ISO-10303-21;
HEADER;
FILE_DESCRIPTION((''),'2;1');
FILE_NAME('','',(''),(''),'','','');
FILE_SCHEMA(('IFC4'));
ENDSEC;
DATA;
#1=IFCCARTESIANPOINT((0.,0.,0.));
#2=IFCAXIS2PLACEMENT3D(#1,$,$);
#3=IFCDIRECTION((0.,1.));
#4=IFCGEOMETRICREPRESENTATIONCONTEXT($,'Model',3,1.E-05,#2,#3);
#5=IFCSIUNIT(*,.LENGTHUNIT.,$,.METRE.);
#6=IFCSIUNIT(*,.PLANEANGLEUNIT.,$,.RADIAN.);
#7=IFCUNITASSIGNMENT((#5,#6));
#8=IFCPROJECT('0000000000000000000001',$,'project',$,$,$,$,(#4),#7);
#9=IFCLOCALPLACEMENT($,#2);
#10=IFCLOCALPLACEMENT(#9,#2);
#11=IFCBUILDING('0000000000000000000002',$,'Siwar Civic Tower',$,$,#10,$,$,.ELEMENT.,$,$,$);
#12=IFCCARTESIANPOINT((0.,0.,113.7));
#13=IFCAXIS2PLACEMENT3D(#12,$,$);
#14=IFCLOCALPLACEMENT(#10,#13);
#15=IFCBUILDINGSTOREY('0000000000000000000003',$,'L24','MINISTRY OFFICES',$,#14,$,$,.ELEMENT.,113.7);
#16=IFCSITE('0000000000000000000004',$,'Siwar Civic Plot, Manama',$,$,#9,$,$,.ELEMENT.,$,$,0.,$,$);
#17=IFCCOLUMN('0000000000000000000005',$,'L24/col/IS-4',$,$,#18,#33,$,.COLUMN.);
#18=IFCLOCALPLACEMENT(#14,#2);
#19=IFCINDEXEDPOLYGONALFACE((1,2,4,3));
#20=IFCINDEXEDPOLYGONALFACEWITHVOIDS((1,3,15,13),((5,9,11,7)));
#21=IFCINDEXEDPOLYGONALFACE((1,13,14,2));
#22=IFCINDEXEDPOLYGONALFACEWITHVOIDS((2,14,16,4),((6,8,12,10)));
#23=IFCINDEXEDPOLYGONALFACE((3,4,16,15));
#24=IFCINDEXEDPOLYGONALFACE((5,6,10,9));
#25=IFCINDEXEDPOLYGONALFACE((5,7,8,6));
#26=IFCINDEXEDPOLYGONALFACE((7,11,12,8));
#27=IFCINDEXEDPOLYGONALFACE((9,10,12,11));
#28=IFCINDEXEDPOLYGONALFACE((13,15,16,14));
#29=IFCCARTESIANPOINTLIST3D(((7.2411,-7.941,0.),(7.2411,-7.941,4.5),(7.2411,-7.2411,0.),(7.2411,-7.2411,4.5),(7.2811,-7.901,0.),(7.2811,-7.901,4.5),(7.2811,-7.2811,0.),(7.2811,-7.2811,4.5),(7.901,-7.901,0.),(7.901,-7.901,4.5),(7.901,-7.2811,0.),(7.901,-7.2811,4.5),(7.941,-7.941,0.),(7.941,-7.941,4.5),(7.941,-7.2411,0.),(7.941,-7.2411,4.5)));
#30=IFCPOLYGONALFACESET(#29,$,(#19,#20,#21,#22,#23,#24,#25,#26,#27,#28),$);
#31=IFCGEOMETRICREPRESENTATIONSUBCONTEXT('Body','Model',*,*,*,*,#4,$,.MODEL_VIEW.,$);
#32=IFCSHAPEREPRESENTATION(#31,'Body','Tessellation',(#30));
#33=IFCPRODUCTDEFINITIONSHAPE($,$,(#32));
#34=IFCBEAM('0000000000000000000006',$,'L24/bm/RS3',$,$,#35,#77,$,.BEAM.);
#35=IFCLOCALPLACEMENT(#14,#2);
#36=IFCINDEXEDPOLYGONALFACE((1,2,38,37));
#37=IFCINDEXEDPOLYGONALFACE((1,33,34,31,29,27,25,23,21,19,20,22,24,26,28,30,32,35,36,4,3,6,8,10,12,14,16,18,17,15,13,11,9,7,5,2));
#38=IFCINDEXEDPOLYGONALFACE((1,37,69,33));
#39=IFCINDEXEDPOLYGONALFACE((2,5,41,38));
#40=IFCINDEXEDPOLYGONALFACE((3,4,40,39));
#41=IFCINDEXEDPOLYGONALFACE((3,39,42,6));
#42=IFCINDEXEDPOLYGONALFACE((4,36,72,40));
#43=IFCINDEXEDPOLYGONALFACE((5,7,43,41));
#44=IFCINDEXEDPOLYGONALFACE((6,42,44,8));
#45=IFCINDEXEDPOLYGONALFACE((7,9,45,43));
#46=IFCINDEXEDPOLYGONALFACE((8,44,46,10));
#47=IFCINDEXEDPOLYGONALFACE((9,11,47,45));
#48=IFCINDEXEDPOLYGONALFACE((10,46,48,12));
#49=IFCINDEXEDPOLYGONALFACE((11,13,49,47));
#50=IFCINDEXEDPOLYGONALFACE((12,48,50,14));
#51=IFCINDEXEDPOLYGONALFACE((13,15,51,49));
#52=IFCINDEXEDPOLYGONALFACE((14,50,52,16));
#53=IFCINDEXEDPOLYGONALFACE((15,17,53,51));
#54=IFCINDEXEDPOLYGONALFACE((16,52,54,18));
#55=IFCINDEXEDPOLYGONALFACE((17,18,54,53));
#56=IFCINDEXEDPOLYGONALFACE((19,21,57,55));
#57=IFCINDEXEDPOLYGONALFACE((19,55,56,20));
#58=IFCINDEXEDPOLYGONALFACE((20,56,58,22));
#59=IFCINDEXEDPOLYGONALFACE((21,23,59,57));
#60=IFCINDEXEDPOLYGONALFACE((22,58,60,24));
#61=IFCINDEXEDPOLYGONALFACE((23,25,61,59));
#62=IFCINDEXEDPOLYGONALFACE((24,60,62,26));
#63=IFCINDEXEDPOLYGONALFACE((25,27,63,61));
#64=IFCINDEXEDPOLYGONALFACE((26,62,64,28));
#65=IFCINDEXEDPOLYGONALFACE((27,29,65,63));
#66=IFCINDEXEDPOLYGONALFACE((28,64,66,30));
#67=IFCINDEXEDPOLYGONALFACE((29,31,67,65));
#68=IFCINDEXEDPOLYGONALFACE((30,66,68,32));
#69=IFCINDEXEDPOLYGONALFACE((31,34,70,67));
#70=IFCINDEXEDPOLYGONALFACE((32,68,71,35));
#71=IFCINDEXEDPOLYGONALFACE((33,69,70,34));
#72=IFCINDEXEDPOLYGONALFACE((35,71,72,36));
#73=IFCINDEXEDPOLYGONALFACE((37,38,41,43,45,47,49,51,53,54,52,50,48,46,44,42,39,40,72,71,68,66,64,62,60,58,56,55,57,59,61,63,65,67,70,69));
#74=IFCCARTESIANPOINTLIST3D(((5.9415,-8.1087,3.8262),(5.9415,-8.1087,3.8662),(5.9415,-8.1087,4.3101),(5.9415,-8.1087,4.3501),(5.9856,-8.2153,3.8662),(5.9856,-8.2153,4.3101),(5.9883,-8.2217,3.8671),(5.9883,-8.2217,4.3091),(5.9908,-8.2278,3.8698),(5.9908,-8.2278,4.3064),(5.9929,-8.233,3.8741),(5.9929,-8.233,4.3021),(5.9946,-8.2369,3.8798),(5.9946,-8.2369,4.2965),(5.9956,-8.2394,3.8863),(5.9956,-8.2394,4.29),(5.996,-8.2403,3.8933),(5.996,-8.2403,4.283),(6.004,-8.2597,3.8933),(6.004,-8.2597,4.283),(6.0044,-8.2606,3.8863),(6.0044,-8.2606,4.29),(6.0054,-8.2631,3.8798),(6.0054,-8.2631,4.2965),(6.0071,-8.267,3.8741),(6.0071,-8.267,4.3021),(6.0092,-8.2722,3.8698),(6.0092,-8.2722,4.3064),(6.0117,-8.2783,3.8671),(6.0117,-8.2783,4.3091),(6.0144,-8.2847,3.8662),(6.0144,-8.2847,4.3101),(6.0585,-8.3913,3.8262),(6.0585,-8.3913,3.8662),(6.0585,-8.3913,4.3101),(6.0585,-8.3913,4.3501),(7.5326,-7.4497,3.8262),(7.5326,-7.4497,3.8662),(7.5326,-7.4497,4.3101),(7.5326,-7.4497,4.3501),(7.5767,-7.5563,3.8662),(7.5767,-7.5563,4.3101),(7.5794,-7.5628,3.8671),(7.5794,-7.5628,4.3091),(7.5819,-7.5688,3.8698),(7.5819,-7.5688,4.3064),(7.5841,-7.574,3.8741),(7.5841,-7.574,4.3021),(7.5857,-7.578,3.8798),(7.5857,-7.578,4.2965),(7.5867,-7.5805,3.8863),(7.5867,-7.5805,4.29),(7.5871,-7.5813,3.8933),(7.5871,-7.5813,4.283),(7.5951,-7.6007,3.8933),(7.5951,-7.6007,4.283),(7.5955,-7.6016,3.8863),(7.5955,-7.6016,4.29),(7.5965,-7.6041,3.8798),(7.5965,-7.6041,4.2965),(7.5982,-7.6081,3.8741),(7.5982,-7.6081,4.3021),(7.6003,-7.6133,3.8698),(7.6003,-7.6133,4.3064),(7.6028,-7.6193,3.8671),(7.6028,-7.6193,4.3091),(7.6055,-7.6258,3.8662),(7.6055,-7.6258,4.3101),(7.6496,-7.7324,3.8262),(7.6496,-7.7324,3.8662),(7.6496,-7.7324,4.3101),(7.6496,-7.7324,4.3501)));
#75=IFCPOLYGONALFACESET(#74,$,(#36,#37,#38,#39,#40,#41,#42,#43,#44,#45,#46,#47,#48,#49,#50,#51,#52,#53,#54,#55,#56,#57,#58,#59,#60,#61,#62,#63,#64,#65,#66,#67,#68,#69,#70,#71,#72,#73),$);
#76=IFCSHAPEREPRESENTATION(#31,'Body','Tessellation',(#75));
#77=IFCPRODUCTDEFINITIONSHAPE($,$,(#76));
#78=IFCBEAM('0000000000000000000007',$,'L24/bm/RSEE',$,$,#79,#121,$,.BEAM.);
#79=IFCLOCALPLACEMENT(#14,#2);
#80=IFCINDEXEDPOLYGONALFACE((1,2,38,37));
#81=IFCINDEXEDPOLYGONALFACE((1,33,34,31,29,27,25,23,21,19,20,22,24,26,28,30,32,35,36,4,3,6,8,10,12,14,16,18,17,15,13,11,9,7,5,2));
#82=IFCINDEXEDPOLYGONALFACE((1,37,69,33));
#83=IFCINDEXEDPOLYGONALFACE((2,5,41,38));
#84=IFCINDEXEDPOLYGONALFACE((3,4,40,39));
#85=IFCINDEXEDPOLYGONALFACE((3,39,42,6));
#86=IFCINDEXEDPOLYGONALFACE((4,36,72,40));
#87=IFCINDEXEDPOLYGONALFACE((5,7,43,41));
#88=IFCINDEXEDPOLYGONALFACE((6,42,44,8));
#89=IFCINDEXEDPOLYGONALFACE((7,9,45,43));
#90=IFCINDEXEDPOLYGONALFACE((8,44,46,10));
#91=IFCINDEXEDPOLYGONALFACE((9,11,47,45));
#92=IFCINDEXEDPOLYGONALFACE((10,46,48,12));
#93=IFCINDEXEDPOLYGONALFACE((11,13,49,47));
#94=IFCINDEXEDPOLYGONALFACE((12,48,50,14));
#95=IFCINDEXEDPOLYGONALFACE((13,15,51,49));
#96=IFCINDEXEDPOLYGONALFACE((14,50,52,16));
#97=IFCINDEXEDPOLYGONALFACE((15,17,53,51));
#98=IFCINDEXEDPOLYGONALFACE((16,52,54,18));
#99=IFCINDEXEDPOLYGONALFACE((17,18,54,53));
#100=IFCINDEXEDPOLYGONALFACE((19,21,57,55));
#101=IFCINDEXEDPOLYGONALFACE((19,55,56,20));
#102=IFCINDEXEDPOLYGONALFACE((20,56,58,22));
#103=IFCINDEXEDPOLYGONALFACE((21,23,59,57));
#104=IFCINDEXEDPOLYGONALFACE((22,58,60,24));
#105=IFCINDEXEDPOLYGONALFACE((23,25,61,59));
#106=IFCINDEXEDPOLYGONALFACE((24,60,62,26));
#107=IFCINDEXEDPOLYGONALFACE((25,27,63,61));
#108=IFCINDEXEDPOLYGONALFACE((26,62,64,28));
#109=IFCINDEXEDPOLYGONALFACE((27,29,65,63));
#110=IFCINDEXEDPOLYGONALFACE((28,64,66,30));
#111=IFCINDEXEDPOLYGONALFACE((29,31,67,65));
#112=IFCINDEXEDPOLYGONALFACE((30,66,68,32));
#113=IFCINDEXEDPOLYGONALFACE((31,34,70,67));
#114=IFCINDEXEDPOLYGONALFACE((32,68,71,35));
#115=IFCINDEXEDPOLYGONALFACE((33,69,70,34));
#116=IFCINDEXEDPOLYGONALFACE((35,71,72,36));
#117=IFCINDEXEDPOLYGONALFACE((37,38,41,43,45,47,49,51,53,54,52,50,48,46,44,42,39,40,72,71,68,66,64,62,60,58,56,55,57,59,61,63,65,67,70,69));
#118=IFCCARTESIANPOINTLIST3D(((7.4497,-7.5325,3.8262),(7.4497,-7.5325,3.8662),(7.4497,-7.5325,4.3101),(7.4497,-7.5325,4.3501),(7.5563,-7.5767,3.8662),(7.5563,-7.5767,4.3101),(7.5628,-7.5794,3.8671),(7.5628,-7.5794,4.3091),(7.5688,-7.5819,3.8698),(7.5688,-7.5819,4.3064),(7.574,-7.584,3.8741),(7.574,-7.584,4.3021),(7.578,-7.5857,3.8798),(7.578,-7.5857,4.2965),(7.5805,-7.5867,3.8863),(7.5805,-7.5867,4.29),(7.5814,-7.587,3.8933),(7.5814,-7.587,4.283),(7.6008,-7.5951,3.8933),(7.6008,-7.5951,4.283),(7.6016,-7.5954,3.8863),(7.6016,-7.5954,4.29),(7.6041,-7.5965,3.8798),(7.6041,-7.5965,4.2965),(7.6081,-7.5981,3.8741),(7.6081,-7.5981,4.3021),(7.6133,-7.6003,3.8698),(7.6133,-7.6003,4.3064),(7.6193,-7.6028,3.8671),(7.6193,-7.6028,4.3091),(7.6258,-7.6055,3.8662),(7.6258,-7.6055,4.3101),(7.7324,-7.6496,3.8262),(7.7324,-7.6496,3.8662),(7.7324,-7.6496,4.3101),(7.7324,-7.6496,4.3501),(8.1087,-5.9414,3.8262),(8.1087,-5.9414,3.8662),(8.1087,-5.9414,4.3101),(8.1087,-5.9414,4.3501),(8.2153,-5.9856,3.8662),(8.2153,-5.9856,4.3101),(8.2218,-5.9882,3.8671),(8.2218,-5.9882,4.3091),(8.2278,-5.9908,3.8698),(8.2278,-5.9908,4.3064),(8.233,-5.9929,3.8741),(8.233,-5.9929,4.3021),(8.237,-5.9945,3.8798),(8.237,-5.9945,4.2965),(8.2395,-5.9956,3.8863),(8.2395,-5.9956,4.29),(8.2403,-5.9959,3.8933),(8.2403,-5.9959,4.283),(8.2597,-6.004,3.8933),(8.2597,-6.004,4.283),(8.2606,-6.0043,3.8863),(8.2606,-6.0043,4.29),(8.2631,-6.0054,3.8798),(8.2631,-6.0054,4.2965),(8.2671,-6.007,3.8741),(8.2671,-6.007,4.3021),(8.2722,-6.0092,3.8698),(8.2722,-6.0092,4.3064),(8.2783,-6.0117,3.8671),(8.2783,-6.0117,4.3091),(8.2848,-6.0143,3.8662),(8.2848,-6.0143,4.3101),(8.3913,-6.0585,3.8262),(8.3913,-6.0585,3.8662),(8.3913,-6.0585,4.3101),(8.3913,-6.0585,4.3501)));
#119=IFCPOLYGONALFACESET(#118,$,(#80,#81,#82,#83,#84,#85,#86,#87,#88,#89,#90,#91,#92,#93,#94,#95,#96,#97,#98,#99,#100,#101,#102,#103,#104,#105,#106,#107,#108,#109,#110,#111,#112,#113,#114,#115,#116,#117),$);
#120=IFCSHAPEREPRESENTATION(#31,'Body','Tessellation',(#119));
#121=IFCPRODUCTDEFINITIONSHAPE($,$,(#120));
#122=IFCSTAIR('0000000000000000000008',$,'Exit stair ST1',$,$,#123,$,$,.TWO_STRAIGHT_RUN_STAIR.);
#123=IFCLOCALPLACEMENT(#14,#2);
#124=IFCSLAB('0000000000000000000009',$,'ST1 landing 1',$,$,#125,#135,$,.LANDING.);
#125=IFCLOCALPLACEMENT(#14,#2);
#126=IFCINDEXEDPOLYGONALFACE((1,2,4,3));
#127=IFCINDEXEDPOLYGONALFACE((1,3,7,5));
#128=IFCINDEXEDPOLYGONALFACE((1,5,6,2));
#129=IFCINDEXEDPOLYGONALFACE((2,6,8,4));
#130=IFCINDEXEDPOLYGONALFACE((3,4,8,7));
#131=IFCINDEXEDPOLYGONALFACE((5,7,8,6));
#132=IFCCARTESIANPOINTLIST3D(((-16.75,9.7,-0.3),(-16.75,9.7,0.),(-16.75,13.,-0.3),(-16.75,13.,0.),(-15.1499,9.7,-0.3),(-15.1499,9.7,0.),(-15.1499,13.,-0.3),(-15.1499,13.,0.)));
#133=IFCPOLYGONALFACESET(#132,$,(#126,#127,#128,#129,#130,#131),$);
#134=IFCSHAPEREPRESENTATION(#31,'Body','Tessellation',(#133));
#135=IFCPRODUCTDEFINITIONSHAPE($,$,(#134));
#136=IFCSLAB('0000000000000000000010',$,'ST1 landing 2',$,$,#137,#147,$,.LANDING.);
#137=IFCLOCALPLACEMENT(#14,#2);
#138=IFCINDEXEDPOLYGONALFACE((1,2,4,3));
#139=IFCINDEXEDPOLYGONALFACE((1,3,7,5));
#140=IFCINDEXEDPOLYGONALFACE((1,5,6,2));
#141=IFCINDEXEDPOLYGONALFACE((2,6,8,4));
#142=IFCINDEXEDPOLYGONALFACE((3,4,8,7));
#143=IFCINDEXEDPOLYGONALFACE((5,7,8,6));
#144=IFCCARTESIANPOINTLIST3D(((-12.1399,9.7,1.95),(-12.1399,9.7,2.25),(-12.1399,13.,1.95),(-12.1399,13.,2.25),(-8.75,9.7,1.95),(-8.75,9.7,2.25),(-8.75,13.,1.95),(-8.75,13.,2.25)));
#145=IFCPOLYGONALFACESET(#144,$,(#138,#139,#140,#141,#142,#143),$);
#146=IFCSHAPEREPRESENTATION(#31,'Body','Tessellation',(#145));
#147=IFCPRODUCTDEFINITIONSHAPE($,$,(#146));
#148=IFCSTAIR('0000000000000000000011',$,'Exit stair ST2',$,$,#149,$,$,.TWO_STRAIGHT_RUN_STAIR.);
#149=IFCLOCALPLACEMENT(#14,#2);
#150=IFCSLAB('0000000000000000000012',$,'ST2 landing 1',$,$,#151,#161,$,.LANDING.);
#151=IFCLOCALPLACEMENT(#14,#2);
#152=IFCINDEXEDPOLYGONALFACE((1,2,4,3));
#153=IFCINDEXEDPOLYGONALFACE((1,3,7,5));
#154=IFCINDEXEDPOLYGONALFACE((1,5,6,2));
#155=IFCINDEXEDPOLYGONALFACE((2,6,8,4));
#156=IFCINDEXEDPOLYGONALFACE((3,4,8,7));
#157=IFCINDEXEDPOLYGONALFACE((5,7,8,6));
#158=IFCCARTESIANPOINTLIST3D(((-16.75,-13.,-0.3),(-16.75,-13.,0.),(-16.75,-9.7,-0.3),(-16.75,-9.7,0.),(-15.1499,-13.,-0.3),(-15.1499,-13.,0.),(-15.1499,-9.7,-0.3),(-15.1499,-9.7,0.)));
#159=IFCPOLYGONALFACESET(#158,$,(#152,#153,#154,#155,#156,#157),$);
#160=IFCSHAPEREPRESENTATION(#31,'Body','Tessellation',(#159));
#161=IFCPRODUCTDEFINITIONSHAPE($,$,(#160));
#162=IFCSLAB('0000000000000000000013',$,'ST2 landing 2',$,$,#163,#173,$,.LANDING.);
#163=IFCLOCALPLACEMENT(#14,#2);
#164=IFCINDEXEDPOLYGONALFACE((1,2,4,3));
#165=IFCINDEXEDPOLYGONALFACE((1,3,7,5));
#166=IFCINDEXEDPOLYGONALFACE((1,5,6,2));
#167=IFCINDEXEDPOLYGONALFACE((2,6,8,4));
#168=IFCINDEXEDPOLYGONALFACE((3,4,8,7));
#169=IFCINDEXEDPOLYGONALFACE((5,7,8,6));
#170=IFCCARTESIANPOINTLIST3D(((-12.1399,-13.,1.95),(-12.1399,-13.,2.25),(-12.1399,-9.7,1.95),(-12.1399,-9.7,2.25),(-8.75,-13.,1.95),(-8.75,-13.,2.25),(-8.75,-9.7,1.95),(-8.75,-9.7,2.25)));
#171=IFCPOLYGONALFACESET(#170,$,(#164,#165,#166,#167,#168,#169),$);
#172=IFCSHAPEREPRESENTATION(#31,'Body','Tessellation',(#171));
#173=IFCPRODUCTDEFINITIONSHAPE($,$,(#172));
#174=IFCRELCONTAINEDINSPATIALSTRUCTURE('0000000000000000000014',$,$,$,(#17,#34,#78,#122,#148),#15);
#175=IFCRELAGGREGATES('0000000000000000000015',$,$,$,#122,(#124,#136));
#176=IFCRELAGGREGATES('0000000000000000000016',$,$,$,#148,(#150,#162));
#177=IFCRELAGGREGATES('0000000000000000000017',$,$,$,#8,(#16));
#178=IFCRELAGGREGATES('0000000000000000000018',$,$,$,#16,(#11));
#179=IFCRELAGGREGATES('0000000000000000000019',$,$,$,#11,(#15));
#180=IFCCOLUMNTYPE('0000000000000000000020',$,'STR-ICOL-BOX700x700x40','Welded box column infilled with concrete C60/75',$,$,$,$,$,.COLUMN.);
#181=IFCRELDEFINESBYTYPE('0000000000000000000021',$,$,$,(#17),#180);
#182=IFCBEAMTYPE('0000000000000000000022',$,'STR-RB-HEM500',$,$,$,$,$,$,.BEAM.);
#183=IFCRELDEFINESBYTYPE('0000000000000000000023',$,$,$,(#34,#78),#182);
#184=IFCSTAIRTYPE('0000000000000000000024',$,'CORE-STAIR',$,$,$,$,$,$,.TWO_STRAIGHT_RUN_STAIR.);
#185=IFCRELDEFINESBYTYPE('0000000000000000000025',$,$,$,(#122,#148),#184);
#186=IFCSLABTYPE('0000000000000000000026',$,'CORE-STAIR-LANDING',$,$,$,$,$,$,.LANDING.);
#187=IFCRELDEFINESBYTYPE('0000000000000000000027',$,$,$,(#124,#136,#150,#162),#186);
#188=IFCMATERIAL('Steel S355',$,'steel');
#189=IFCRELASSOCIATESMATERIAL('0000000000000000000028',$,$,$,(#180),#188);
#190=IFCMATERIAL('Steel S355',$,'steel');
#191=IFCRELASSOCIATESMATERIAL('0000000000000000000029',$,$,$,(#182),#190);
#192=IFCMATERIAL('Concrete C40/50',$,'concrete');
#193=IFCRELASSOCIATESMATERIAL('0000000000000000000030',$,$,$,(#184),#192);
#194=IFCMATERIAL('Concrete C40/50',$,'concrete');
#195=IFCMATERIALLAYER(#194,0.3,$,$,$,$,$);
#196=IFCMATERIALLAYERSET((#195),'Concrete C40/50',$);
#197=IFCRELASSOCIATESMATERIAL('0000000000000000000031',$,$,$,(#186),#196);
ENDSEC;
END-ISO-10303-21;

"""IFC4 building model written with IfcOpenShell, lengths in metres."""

from ifc_helpers import new_model, si_unit, direction, frame, origin, origin_2d, place, context, subcontext, project, spatial, polyline, hollow_rectangle, i_section, outline, extrude, material, layer, layer_set, material_profile, profile_set, type_object, element, aggregate, save


model = new_model("IFC4")

# Units and contexts
model_context = context("Model", 3, precision=1e-05, world=origin(), true_north=direction((0.0, 1.0)))
body_context = subcontext(model_context, "Body", "Model", "MODEL_VIEW")
ifc_project = project(units=[si_unit("LENGTHUNIT", "METRE"), si_unit("PLANEANGLEUNIT", "RADIAN")], contexts=[model_context])

# Site, building, storey
site_placement = place(None, origin())
site = spatial("IfcSite", under=ifc_project, at=site_placement, Name="Siwar Civic Plot, Manama", CompositionType="ELEMENT", RefElevation=0.0)
building_placement = place(site_placement, origin())
building = spatial("IfcBuilding", under=site, at=building_placement, Name="Siwar Civic Tower", CompositionType="ELEMENT")
storey_placement = place(building_placement, frame((0.0, 0.0, 113.7)))
storey = spatial("IfcBuildingStorey", under=building, at=storey_placement, Name="L24", Description="MINISTRY OFFICES", CompositionType="ELEMENT", Elevation=113.7)

# Column
ifc_material_1 = material(Name="Steel S355", Category="steel")
ifc_material_profile_1 = material_profile(ifc_material_1, hollow_rectangle(XDim=0.7, YDim=0.7, WallThickness=0.04, at=origin_2d()), Name="BOX700x700x40")
ifc_profile_set_1 = profile_set([ifc_material_profile_1], Name="Steel S355")
column_type = type_object("IfcColumnType", Name="STR-ICOL-BOX700x700x40", Description="Welded box column infilled with concrete C60/75", PredefinedType="COLUMN", material=ifc_profile_set_1)
column_placement = place(storey_placement, frame((7.5911, -7.5911, 0.0), z_axis=(0.0, 0.0, 1.0), x_axis=(1.0, 0.0, 0.0)))
element("IfcColumn", 1, at=column_placement, inside=storey, type_object=column_type, Name="L24/col/IS-4", PredefinedType="COLUMN", context=body_context, shape_type="SweptSolid", body=[
    extrude(hollow_rectangle(XDim=0.7, YDim=0.7, WallThickness=0.04, at=origin_2d()), origin(), (0.0, 0.0, 1.0), 4.5),
])

# Beams
ifc_material_2 = material(Name="Steel S355", Category="steel")
ifc_material_profile_2 = material_profile(ifc_material_2, i_section(OverallWidth=0.3059, OverallDepth=0.5239, WebThickness=0.021, FlangeThickness=0.04, FilletRadius=0.0271, at=origin_2d()), Name="HEM500")
ifc_profile_set_2 = profile_set([ifc_material_profile_2], Name="Steel S355")
beam_type = type_object("IfcBeamType", Name="STR-RB-HEM500", PredefinedType="BEAM", material=ifc_profile_set_2)
for number, where, z_axis, x_axis, name in (
    (2, (6.0, -8.25, 4.0881), (0.923901, 0.382631, 0.0), (-0.382631, 0.923901, 0.0), "L24/bm/RS3"),
    (3, (7.5911, -7.5911, 4.0881), (0.382631, 0.923901, 0.0), (-0.923901, 0.382631, 0.0), "L24/bm/RSEE"),
):
    element("IfcBeam", number, at=place(storey_placement, frame(where, z_axis=z_axis, x_axis=x_axis)), inside=storey, type_object=beam_type, Name=name, PredefinedType="BEAM", context=body_context, shape_type="SweptSolid", body=[
        extrude(i_section(OverallWidth=0.3059, OverallDepth=0.5239, WebThickness=0.021, FlangeThickness=0.04, FilletRadius=0.0271, at=origin_2d()), origin(), (0.0, 0.0, 1.0), 1.7222),
    ])

# Stairs, slabs
ifc_material_3 = material(Name="Concrete C40/50", Category="concrete")
stair_type = type_object("IfcStairType", Name="CORE-STAIR", PredefinedType="TWO_STRAIGHT_RUN_STAIR", material=ifc_material_3)
stair_1_placement = place(storey_placement, origin())
stair_1 = element("IfcStair", 4, at=stair_1_placement, inside=storey, type_object=stair_type, Name="Exit stair ST1", PredefinedType="TWO_STRAIGHT_RUN_STAIR")
ifc_material_4 = material(Name="Concrete C40/50", Category="concrete")
ifc_layer_1 = layer(ifc_material_4, 0.3)
ifc_layer_set_1 = layer_set([ifc_layer_1], Name="Concrete C40/50")
slab_type_1 = type_object("IfcSlabType", Name="CORE-STAIR-LANDING", PredefinedType="LANDING", material=ifc_layer_set_1)
slab_1_placement = place(storey_placement, frame((0.0, 0.0, -0.3)))
slab_1 = element("IfcSlab", 5, at=slab_1_placement, type_object=slab_type_1, Name="ST1 landing 1", PredefinedType="LANDING", context=body_context, shape_type="SweptSolid", body=[
    extrude(outline(polyline([(-15.1499, 13.0), (-16.75, 13.0), (-16.75, 9.7), (-15.1499, 9.7), (-15.1499, 13.0)])), origin(), (0.0, 0.0, 1.0), 0.3),
])
slab_2_placement = place(storey_placement, frame((0.0, 0.0, 1.95)))
slab_2 = element("IfcSlab", 6, at=slab_2_placement, type_object=slab_type_1, Name="ST1 landing 2", PredefinedType="LANDING", context=body_context, shape_type="SweptSolid", body=[
    extrude(outline(polyline([(-8.75, 13.0), (-12.1399, 13.0), (-12.1399, 9.7), (-8.75, 9.7), (-8.75, 13.0)])), origin(), (0.0, 0.0, 1.0), 0.3),
])
aggregate(stair_1, [slab_1, slab_2])
stair_2_placement = place(storey_placement, origin())
stair_2 = element("IfcStair", 7, at=stair_2_placement, inside=storey, type_object=stair_type, Name="Exit stair ST2", PredefinedType="TWO_STRAIGHT_RUN_STAIR")
slab_3_placement = place(storey_placement, frame((0.0, 0.0, -0.3)))
slab_3 = element("IfcSlab", 8, at=slab_3_placement, type_object=slab_type_1, Name="ST2 landing 1", PredefinedType="LANDING", context=body_context, shape_type="SweptSolid", body=[
    extrude(outline(polyline([(-15.1499, -9.7), (-16.75, -9.7), (-16.75, -13.0), (-15.1499, -13.0), (-15.1499, -9.7)])), origin(), (0.0, 0.0, 1.0), 0.3),
])
slab_4_placement = place(storey_placement, frame((0.0, 0.0, 1.95)))
slab_4 = element("IfcSlab", 9, at=slab_4_placement, type_object=slab_type_1, Name="ST2 landing 2", PredefinedType="LANDING", context=body_context, shape_type="SweptSolid", body=[
    extrude(outline(polyline([(-8.75, -9.7), (-12.1399, -9.7), (-12.1399, -13.0), (-8.75, -13.0), (-8.75, -9.7)])), origin(), (0.0, 0.0, 1.0), 0.3),
])
aggregate(stair_2, [slab_3, slab_4])

save(model, "model.ifc")
